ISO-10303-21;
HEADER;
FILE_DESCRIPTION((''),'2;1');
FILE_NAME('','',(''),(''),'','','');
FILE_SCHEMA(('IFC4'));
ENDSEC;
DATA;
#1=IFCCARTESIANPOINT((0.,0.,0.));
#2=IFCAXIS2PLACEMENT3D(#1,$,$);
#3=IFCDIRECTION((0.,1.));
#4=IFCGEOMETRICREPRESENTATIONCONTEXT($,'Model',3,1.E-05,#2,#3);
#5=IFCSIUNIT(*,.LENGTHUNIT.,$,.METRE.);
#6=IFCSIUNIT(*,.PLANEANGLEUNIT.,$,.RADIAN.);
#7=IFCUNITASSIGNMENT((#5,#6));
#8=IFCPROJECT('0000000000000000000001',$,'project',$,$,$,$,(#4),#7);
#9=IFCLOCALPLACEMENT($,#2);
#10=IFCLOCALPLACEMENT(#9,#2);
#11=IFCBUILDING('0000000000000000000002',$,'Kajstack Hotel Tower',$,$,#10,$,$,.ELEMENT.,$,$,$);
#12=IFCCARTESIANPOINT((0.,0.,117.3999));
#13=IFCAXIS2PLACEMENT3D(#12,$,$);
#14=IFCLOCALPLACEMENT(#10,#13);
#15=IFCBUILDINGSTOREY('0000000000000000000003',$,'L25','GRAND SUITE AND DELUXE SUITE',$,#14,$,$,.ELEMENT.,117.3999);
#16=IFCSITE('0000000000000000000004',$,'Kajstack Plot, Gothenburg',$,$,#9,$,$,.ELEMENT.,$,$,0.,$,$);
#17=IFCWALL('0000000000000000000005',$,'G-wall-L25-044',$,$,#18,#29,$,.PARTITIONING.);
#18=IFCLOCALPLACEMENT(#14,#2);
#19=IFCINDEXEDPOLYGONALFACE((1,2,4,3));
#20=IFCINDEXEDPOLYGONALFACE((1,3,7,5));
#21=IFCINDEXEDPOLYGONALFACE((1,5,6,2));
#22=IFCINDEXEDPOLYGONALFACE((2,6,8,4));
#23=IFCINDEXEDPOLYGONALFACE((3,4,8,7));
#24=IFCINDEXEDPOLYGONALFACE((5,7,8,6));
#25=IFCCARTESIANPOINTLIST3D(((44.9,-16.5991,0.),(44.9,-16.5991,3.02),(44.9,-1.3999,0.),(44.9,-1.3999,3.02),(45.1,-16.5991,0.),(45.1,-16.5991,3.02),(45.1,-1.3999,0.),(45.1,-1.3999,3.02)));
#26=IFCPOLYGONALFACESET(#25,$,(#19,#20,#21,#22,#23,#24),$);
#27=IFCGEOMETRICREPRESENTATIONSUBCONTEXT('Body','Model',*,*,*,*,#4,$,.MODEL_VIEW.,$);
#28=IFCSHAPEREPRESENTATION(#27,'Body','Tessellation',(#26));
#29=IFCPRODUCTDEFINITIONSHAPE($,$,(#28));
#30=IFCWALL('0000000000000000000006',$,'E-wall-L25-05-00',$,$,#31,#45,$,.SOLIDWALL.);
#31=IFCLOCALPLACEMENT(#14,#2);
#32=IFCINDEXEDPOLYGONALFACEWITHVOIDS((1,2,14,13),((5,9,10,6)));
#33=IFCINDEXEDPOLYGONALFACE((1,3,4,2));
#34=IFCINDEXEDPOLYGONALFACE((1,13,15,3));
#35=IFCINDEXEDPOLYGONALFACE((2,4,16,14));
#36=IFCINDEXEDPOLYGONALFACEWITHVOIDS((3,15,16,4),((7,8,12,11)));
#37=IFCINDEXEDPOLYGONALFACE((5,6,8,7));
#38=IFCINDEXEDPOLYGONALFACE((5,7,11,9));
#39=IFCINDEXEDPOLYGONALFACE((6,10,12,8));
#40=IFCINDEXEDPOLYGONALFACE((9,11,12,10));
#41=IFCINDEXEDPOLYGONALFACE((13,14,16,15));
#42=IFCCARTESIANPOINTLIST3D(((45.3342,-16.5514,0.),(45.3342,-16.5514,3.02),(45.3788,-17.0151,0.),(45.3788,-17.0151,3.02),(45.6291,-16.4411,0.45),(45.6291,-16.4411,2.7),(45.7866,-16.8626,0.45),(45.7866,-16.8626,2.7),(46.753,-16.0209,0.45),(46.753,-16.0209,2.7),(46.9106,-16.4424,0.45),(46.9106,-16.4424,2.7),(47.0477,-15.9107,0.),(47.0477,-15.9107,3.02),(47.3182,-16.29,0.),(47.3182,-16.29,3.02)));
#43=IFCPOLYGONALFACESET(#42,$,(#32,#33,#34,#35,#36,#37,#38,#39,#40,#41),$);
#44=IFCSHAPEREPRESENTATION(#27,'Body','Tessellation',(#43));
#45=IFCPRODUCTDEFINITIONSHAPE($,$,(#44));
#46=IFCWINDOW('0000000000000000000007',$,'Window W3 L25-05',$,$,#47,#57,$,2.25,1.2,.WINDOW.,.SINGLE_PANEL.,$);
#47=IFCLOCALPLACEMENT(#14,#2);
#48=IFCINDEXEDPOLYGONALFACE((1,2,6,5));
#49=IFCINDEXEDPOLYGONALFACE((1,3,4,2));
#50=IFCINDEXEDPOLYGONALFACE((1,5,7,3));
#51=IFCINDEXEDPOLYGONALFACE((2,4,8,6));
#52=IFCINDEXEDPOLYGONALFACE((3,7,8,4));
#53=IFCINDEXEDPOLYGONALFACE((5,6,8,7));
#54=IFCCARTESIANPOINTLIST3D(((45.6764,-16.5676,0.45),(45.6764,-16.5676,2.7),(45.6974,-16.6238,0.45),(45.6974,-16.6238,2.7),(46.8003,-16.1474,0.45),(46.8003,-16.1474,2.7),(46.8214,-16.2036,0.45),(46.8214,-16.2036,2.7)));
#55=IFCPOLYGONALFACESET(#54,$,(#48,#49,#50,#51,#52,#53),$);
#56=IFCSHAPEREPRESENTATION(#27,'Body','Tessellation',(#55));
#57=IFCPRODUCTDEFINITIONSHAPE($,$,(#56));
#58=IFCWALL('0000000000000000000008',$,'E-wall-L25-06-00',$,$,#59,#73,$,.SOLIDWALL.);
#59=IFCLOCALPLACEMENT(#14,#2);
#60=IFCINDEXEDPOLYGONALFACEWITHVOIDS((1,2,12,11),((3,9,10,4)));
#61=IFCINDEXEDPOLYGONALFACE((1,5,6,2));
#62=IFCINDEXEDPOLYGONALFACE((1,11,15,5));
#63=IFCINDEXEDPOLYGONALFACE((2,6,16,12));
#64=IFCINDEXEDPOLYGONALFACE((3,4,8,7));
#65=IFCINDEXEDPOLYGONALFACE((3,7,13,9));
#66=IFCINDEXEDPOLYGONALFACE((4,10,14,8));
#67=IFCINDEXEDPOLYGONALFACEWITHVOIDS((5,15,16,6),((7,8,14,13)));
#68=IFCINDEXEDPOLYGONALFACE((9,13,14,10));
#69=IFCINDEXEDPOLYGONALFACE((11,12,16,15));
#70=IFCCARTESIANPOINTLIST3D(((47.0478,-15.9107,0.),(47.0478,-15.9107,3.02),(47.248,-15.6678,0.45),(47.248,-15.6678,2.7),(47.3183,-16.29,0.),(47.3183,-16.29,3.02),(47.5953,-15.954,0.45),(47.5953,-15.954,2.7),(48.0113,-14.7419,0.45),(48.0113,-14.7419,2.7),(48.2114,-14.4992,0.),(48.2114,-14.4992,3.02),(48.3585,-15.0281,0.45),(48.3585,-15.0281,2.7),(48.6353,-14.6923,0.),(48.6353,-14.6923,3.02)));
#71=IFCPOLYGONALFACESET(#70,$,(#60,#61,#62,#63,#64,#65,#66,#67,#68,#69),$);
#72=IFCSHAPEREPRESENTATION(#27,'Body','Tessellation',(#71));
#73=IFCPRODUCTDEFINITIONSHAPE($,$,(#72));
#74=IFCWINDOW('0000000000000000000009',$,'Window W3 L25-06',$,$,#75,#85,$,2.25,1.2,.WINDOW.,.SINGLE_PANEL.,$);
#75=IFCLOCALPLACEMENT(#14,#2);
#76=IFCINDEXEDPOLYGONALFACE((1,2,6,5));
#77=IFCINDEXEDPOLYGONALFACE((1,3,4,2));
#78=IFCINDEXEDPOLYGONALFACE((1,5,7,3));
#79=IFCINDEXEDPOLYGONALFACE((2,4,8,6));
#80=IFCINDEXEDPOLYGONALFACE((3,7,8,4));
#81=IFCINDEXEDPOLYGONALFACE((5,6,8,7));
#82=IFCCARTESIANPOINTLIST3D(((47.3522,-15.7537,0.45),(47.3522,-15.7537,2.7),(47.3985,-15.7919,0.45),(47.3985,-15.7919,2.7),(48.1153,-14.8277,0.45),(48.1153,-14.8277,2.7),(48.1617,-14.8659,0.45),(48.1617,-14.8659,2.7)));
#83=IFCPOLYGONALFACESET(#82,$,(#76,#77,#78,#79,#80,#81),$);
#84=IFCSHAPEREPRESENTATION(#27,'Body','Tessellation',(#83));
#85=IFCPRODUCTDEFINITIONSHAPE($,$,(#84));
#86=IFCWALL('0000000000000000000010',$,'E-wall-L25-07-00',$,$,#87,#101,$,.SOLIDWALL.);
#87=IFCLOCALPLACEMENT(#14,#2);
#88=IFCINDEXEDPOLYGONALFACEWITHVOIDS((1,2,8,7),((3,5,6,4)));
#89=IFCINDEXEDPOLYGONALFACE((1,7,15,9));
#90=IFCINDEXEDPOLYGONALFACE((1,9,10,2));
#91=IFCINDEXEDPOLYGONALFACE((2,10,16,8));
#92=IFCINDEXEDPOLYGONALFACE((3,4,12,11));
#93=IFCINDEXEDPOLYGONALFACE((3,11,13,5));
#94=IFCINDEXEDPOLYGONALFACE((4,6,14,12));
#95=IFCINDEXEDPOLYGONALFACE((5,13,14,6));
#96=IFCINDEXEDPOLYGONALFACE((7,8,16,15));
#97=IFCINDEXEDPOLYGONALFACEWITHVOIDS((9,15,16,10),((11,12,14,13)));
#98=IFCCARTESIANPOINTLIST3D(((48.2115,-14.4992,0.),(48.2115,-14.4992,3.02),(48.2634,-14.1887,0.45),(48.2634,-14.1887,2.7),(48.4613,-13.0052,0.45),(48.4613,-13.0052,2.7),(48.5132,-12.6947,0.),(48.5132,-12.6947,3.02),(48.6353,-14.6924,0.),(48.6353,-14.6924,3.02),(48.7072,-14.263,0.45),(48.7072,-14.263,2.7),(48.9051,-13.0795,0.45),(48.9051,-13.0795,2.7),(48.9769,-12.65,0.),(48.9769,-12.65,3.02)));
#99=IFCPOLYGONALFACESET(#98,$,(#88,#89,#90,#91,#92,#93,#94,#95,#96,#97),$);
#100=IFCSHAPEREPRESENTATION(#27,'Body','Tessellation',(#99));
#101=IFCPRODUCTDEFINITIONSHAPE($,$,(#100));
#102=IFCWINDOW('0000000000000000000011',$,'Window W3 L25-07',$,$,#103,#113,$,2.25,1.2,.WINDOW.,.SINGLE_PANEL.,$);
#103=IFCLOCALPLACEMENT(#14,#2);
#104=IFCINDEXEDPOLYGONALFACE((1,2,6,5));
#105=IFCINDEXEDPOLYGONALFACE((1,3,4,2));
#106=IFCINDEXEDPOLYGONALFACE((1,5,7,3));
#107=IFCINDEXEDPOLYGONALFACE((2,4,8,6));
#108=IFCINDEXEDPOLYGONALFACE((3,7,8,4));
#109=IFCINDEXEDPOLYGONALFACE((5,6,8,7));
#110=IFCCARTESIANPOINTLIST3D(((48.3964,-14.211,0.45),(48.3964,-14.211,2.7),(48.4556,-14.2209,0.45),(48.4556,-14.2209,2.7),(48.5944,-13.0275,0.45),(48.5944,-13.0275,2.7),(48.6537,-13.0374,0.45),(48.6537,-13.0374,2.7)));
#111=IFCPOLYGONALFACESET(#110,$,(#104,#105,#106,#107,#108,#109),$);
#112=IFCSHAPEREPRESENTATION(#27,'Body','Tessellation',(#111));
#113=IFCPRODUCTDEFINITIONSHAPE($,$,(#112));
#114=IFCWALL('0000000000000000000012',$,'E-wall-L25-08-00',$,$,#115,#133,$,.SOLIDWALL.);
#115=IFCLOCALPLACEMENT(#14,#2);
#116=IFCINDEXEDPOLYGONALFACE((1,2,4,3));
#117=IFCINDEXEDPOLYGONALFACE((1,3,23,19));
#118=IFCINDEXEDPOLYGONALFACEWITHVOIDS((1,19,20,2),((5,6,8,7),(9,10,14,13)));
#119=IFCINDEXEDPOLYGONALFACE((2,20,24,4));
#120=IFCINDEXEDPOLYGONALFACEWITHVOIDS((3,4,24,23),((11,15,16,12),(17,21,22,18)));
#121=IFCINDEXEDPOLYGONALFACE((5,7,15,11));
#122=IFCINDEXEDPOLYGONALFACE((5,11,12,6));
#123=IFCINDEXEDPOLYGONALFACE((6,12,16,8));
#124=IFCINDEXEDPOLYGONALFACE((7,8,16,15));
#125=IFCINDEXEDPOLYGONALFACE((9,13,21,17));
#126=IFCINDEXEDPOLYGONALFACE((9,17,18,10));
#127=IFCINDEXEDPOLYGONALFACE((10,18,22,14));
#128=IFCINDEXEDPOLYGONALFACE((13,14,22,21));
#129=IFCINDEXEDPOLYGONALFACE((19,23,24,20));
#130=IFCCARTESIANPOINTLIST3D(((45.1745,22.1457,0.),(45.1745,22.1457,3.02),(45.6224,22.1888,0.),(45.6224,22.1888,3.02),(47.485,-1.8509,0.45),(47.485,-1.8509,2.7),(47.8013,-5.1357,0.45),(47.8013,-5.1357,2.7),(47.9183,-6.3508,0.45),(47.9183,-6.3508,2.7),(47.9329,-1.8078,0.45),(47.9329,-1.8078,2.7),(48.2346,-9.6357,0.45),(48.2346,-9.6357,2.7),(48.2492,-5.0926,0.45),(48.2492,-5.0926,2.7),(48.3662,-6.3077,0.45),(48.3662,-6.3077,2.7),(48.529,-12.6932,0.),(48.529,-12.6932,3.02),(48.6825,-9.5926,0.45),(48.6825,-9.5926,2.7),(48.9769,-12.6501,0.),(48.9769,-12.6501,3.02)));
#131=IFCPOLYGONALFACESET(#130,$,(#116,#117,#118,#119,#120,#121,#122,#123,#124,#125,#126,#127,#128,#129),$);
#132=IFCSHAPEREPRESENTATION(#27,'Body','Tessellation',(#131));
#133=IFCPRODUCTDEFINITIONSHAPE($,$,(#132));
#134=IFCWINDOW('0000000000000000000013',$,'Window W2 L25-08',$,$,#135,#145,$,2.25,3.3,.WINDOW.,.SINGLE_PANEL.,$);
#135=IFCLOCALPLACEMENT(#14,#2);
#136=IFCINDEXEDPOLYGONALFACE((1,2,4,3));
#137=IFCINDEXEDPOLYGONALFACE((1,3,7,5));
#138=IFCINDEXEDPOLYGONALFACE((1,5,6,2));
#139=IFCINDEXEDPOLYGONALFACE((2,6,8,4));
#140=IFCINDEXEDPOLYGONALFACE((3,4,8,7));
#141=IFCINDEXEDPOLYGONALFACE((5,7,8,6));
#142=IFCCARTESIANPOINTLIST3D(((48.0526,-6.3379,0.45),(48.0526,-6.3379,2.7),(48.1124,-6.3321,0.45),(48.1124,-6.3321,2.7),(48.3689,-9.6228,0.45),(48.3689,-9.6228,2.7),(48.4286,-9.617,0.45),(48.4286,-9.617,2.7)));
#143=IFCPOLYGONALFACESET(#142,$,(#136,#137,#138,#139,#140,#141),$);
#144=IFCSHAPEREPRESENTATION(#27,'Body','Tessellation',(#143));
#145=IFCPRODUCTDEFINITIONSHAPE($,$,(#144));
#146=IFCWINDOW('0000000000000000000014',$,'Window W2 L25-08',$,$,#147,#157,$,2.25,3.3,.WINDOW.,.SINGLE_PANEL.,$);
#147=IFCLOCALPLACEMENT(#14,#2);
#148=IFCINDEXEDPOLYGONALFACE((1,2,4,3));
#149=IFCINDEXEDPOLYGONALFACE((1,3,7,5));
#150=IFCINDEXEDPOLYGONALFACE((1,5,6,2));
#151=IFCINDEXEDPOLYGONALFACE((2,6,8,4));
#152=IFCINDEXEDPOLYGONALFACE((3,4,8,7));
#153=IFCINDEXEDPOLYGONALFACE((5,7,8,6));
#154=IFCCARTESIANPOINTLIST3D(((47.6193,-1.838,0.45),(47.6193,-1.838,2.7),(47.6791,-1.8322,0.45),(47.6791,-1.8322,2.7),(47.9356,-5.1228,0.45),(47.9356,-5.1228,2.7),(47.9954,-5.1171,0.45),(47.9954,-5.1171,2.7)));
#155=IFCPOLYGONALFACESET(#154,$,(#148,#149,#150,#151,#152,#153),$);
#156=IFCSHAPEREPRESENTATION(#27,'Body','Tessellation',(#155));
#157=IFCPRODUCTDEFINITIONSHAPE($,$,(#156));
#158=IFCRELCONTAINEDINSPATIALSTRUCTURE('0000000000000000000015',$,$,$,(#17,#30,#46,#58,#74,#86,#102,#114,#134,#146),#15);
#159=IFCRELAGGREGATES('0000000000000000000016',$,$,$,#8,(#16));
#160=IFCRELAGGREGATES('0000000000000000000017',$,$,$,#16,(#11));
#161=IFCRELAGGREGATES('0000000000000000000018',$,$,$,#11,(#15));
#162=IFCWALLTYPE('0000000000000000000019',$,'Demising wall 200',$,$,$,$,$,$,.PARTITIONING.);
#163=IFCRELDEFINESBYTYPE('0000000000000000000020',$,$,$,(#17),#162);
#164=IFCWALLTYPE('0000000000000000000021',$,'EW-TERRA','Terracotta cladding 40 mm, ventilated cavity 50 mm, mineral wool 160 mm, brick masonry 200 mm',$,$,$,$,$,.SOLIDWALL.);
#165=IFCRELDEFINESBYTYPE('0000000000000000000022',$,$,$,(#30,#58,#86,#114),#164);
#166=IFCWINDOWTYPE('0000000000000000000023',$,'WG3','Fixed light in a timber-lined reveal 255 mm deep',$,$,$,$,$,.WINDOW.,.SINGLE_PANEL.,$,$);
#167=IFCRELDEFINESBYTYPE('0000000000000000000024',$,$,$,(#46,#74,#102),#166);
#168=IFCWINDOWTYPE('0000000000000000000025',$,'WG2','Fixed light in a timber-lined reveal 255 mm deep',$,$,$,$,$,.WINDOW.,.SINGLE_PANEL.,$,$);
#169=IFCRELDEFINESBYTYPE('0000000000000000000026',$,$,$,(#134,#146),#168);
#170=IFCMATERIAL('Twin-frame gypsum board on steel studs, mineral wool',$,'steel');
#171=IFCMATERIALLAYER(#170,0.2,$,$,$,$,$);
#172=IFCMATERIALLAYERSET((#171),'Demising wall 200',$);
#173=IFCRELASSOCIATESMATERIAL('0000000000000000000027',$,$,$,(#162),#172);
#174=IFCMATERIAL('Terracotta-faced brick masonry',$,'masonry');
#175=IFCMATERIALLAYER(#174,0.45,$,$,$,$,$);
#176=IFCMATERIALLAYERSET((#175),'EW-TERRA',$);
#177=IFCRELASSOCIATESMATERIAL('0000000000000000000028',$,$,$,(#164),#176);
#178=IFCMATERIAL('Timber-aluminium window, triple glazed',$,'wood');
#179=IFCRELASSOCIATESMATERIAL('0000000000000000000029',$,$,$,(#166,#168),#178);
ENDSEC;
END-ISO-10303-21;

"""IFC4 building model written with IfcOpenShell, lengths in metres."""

from ifc_helpers import new_model, si_unit, direction, frame, frame_2d, origin, place, context, subcontext, project, spatial, polyline, rectangle, outline, extrude, material, layer, layer_set, type_object, element, fill, save


model = new_model("IFC4")

# Units and contexts
model_context = context("Model", 3, precision=1e-05, world=origin(), true_north=direction((0.0, 1.0)))
body_context = subcontext(model_context, "Body", "Model", "MODEL_VIEW")
ifc_project = project(units=[si_unit("LENGTHUNIT", "METRE"), si_unit("PLANEANGLEUNIT", "RADIAN")], contexts=[model_context])

# Site, building, storey
site_placement = place(None, origin())
site = spatial("IfcSite", under=ifc_project, at=site_placement, Name="Kajstack Plot, Gothenburg", CompositionType="ELEMENT", RefElevation=0.0)
building_placement = place(site_placement, origin())
building = spatial("IfcBuilding", under=site, at=building_placement, Name="Kajstack Hotel Tower", CompositionType="ELEMENT")
storey_placement = place(building_placement, frame((0.0, 0.0, 117.3999)))
storey = spatial("IfcBuildingStorey", under=building, at=storey_placement, Name="L25", Description="GRAND SUITE AND DELUXE SUITE", CompositionType="ELEMENT", Elevation=117.3999)

# Wall
ifc_material_1 = material(Name="Twin-frame gypsum board on steel studs, mineral wool", Category="steel")
ifc_layer_1 = layer(ifc_material_1, 0.2)
ifc_layer_set_1 = layer_set([ifc_layer_1], Name="Demising wall 200")
wall_type_1 = type_object("IfcWallType", Name="Demising wall 200", PredefinedType="PARTITIONING", material=ifc_layer_set_1)
wall_1_placement = place(storey_placement, frame((45.0, -16.5991, 0.0), z_axis=(0.0, 0.0, 1.0), x_axis=(0.0, 1.0, 0.0)))
element("IfcWall", 1, at=wall_1_placement, inside=storey, type_object=wall_type_1, Name="G-wall-L25-044", PredefinedType="PARTITIONING", context=body_context, shape_type="SweptSolid", body=[
    extrude(rectangle(XDim=15.1992, YDim=0.2, at=frame_2d((7.5996, 0.0))), origin(), (0.0, 0.0, 1.0), 3.02),
])

# Walls, openings, windows
ifc_material_2 = material(Name="Terracotta-faced brick masonry", Category="masonry")
ifc_layer_2 = layer(ifc_material_2, 0.45)
ifc_layer_set_2 = layer_set([ifc_layer_2], Name="EW-TERRA")
wall_type_2 = type_object("IfcWallType", Name="EW-TERRA", Description="Terracotta cladding 40 mm, ventilated cavity 50 mm, mineral wool 160 mm, brick masonry 200 mm", PredefinedType="SOLIDWALL", material=ifc_layer_set_2)
wall_2_placement = place(storey_placement, frame((45.3, -16.8044, 0.0), z_axis=(0.0, 0.0, 1.0), x_axis=(0.936678, 0.350193, 0.0)))
wall_2 = element("IfcWall", 2, at=wall_2_placement, inside=storey, type_object=wall_type_2, Name="E-wall-L25-05-00", PredefinedType="SOLIDWALL", context=body_context, shape_type="SweptSolid", body=[
    extrude(outline(polyline([(0.0, -0.2249), (2.0706, -0.2249), (1.95, 0.2251), (0.1206, 0.2251), (0.0, -0.2249)])), origin(), (0.0, 0.0, 1.0), 3.02),
])
opening_1_placement = place(wall_2_placement, frame((0.4353, 0.0, 0.45)))
opening_1 = element("IfcOpeningElement", 3, at=opening_1_placement, cuts=wall_2, PredefinedType="OPENING", context=body_context, shape_type="SweptSolid", body=[
    extrude(rectangle(XDim=1.2, YDim=2.25, at=frame_2d((0.6001, 1.125))), frame((0.0, 0.2349, 0.0), z_axis=(0.0, -1.0, 0.0), x_axis=(1.0, 0.0, 0.0)), (0.0, 0.0, 1.0), 0.47),
])
ifc_material_3 = material(Name="Timber-aluminium window, triple glazed", Category="wood")
window_type_1 = type_object("IfcWindowType", Name="WG3", Description="Fixed light in a timber-lined reveal 255 mm deep", PartitioningType="SINGLE_PANEL", PredefinedType="WINDOW", material=ifc_material_3)
window_1_placement = place(opening_1_placement, origin())
window_1 = element("IfcWindow", 4, at=window_1_placement, inside=storey, type_object=window_type_1, Name="Window W3 L25-05", OverallHeight=2.25, OverallWidth=1.2, PartitioningType="SINGLE_PANEL", PredefinedType="WINDOW", context=body_context, shape_type="SweptSolid", body=[
    extrude(rectangle(XDim=1.2, YDim=2.25, at=frame_2d((0.6001, 1.125))), frame((0.0, 0.0901, 0.0), z_axis=(0.0, -1.0, 0.0), x_axis=(1.0, 0.0, 0.0)), (0.0, 0.0, 1.0), 0.0601),
])
fill(opening_1, window_1)
wall_3_placement = place(storey_placement, frame((47.1448, -16.147, 0.0), z_axis=(0.0, 0.0, 1.0), x_axis=(0.635988, 0.771699, 0.0)))
wall_3 = element("IfcWall", 5, at=wall_3_placement, inside=storey, type_object=wall_type_2, Name="E-wall-L25-06-00", PredefinedType="SOLIDWALL", context=body_context, shape_type="SweptSolid", body=[
    extrude(outline(polyline([(0.0, -0.2249), (2.0706, -0.2251), (1.95, 0.2249), (0.1206, 0.2251), (0.0, -0.2249)])), origin(), (0.0, 0.0, 1.0), 3.02),
])
opening_2_placement = place(wall_3_placement, frame((0.4353, 0.0, 0.45)))
opening_2 = element("IfcOpeningElement", 6, at=opening_2_placement, cuts=wall_3, PredefinedType="OPENING", context=body_context, shape_type="SweptSolid", body=[
    extrude(rectangle(XDim=1.2, YDim=2.25, at=frame_2d((0.6001, 1.125))), frame((0.0, 0.2349, 0.0), z_axis=(0.0, -1.0, 0.0), x_axis=(1.0, 0.0, 0.0)), (0.0, 0.0, 1.0), 0.47),
])
window_2_placement = place(opening_2_placement, origin())
window_2 = element("IfcWindow", 7, at=window_2_placement, inside=storey, type_object=window_type_1, Name="Window W3 L25-06", OverallHeight=2.25, OverallWidth=1.2, PartitioningType="SINGLE_PANEL", PredefinedType="WINDOW", context=body_context, shape_type="SweptSolid", body=[
    extrude(rectangle(XDim=1.2, YDim=2.25, at=frame_2d((0.6001, 1.125))), frame((0.0, 0.0901, 0.0), z_axis=(0.0, -1.0, 0.0), x_axis=(1.0, 0.0, 0.0)), (0.0, 0.0, 1.0), 0.0601),
])
fill(opening_2, window_2)
wall_4_placement = place(storey_placement, frame((48.4133, -14.6553, 0.0), z_axis=(0.0, 0.0, 1.0), x_axis=(0.165068, 0.986282, 0.0)))
wall_4 = element("IfcWall", 8, at=wall_4_placement, inside=storey, type_object=wall_type_2, Name="E-wall-L25-07-00", PredefinedType="SOLIDWALL", context=body_context, shape_type="SweptSolid", body=[
    extrude(outline(polyline([(0.0, -0.2251), (2.0708, -0.2249), (1.9502, 0.2251), (0.1206, 0.2249), (0.0, -0.2251)])), origin(), (0.0, 0.0, 1.0), 3.02),
])
opening_3_placement = place(wall_4_placement, frame((0.4353, 0.0, 0.45)))
opening_3 = element("IfcOpeningElement", 9, at=opening_3_placement, cuts=wall_4, PredefinedType="OPENING", context=body_context, shape_type="SweptSolid", body=[
    extrude(rectangle(XDim=1.2, YDim=2.25, at=frame_2d((0.6001, 1.125))), frame((0.0, 0.2349, 0.0), z_axis=(0.0, -1.0, 0.0), x_axis=(1.0, 0.0, 0.0)), (0.0, 0.0, 1.0), 0.47),
])
window_3_placement = place(opening_3_placement, origin())
window_3 = element("IfcWindow", 10, at=window_3_placement, inside=storey, type_object=window_type_1, Name="Window W3 L25-07", OverallHeight=2.25, OverallWidth=1.2, PartitioningType="SINGLE_PANEL", PredefinedType="WINDOW", context=body_context, shape_type="SweptSolid", body=[
    extrude(rectangle(XDim=1.2, YDim=2.25, at=frame_2d((0.6001, 1.125))), frame((0.0, 0.0901, 0.0), z_axis=(0.0, -1.0, 0.0), x_axis=(1.0, 0.0, 0.0)), (0.0, 0.0, 1.0), 0.0601),
])
fill(opening_3, window_3)

# Wall, openings, windows
wall_5_placement = place(storey_placement, frame((48.7529, -12.6716, 0.0), z_axis=(0.0, 0.0, 1.0), x_axis=(-0.095843, 0.995396, 0.0)))
wall_5 = element("IfcWall", 11, at=wall_5_placement, inside=storey, type_object=wall_type_2, Name="E-wall-L25-08-00", PredefinedType="SOLIDWALL", context=body_context, shape_type="SweptSolid", body=[
    extrude(rectangle(XDim=35.0, YDim=0.45, at=frame_2d((17.5, 0.0))), origin(), (0.0, 0.0, 1.0), 3.02),
])
opening_4_placement = place(wall_5_placement, frame((3.0718, 0.0, 0.45)))
opening_4 = element("IfcOpeningElement", 12, at=opening_4_placement, cuts=wall_5, PredefinedType="OPENING", context=body_context, shape_type="SweptSolid", body=[
    extrude(rectangle(XDim=3.3, YDim=2.25, at=frame_2d((1.6499, 1.125))), frame((0.0, 0.2349, 0.0), z_axis=(0.0, -1.0, 0.0), x_axis=(1.0, 0.0, 0.0)), (0.0, 0.0, 1.0), 0.47),
])
opening_5_placement = place(wall_5_placement, frame((7.5925, 0.0, 0.45)))
opening_5 = element("IfcOpeningElement", 13, at=opening_5_placement, cuts=wall_5, PredefinedType="OPENING", context=body_context, shape_type="SweptSolid", body=[
    extrude(rectangle(XDim=3.3, YDim=2.25, at=frame_2d((1.6499, 1.125))), frame((0.0, 0.2349, 0.0), z_axis=(0.0, -1.0, 0.0), x_axis=(1.0, 0.0, 0.0)), (0.0, 0.0, 1.0), 0.47),
])
window_type_2 = type_object("IfcWindowType", Name="WG2", Description="Fixed light in a timber-lined reveal 255 mm deep", PartitioningType="SINGLE_PANEL", PredefinedType="WINDOW", material=ifc_material_3)
window_4_placement = place(opening_4_placement, origin())
window_4 = element("IfcWindow", 14, at=window_4_placement, inside=storey, type_object=window_type_2, Name="Window W2 L25-08", OverallHeight=2.25, OverallWidth=3.3, PartitioningType="SINGLE_PANEL", PredefinedType="WINDOW", context=body_context, shape_type="SweptSolid", body=[
    extrude(rectangle(XDim=3.3, YDim=2.25, at=frame_2d((1.6499, 1.125))), frame((0.0, 0.0901, 0.0), z_axis=(0.0, -1.0, 0.0), x_axis=(1.0, 0.0, 0.0)), (0.0, 0.0, 1.0), 0.0601),
])
fill(opening_4, window_4)
window_5_placement = place(opening_5_placement, origin())
window_5 = element("IfcWindow", 15, at=window_5_placement, inside=storey, type_object=window_type_2, Name="Window W2 L25-08", OverallHeight=2.25, OverallWidth=3.3, PartitioningType="SINGLE_PANEL", PredefinedType="WINDOW", context=body_context, shape_type="SweptSolid", body=[
    extrude(rectangle(XDim=3.3, YDim=2.25, at=frame_2d((1.6499, 1.125))), frame((0.0, 0.0901, 0.0), z_axis=(0.0, -1.0, 0.0), x_axis=(1.0, 0.0, 0.0)), (0.0, 0.0, 1.0), 0.0601),
])
fill(opening_5, window_5)

save(model, "model.ifc")
